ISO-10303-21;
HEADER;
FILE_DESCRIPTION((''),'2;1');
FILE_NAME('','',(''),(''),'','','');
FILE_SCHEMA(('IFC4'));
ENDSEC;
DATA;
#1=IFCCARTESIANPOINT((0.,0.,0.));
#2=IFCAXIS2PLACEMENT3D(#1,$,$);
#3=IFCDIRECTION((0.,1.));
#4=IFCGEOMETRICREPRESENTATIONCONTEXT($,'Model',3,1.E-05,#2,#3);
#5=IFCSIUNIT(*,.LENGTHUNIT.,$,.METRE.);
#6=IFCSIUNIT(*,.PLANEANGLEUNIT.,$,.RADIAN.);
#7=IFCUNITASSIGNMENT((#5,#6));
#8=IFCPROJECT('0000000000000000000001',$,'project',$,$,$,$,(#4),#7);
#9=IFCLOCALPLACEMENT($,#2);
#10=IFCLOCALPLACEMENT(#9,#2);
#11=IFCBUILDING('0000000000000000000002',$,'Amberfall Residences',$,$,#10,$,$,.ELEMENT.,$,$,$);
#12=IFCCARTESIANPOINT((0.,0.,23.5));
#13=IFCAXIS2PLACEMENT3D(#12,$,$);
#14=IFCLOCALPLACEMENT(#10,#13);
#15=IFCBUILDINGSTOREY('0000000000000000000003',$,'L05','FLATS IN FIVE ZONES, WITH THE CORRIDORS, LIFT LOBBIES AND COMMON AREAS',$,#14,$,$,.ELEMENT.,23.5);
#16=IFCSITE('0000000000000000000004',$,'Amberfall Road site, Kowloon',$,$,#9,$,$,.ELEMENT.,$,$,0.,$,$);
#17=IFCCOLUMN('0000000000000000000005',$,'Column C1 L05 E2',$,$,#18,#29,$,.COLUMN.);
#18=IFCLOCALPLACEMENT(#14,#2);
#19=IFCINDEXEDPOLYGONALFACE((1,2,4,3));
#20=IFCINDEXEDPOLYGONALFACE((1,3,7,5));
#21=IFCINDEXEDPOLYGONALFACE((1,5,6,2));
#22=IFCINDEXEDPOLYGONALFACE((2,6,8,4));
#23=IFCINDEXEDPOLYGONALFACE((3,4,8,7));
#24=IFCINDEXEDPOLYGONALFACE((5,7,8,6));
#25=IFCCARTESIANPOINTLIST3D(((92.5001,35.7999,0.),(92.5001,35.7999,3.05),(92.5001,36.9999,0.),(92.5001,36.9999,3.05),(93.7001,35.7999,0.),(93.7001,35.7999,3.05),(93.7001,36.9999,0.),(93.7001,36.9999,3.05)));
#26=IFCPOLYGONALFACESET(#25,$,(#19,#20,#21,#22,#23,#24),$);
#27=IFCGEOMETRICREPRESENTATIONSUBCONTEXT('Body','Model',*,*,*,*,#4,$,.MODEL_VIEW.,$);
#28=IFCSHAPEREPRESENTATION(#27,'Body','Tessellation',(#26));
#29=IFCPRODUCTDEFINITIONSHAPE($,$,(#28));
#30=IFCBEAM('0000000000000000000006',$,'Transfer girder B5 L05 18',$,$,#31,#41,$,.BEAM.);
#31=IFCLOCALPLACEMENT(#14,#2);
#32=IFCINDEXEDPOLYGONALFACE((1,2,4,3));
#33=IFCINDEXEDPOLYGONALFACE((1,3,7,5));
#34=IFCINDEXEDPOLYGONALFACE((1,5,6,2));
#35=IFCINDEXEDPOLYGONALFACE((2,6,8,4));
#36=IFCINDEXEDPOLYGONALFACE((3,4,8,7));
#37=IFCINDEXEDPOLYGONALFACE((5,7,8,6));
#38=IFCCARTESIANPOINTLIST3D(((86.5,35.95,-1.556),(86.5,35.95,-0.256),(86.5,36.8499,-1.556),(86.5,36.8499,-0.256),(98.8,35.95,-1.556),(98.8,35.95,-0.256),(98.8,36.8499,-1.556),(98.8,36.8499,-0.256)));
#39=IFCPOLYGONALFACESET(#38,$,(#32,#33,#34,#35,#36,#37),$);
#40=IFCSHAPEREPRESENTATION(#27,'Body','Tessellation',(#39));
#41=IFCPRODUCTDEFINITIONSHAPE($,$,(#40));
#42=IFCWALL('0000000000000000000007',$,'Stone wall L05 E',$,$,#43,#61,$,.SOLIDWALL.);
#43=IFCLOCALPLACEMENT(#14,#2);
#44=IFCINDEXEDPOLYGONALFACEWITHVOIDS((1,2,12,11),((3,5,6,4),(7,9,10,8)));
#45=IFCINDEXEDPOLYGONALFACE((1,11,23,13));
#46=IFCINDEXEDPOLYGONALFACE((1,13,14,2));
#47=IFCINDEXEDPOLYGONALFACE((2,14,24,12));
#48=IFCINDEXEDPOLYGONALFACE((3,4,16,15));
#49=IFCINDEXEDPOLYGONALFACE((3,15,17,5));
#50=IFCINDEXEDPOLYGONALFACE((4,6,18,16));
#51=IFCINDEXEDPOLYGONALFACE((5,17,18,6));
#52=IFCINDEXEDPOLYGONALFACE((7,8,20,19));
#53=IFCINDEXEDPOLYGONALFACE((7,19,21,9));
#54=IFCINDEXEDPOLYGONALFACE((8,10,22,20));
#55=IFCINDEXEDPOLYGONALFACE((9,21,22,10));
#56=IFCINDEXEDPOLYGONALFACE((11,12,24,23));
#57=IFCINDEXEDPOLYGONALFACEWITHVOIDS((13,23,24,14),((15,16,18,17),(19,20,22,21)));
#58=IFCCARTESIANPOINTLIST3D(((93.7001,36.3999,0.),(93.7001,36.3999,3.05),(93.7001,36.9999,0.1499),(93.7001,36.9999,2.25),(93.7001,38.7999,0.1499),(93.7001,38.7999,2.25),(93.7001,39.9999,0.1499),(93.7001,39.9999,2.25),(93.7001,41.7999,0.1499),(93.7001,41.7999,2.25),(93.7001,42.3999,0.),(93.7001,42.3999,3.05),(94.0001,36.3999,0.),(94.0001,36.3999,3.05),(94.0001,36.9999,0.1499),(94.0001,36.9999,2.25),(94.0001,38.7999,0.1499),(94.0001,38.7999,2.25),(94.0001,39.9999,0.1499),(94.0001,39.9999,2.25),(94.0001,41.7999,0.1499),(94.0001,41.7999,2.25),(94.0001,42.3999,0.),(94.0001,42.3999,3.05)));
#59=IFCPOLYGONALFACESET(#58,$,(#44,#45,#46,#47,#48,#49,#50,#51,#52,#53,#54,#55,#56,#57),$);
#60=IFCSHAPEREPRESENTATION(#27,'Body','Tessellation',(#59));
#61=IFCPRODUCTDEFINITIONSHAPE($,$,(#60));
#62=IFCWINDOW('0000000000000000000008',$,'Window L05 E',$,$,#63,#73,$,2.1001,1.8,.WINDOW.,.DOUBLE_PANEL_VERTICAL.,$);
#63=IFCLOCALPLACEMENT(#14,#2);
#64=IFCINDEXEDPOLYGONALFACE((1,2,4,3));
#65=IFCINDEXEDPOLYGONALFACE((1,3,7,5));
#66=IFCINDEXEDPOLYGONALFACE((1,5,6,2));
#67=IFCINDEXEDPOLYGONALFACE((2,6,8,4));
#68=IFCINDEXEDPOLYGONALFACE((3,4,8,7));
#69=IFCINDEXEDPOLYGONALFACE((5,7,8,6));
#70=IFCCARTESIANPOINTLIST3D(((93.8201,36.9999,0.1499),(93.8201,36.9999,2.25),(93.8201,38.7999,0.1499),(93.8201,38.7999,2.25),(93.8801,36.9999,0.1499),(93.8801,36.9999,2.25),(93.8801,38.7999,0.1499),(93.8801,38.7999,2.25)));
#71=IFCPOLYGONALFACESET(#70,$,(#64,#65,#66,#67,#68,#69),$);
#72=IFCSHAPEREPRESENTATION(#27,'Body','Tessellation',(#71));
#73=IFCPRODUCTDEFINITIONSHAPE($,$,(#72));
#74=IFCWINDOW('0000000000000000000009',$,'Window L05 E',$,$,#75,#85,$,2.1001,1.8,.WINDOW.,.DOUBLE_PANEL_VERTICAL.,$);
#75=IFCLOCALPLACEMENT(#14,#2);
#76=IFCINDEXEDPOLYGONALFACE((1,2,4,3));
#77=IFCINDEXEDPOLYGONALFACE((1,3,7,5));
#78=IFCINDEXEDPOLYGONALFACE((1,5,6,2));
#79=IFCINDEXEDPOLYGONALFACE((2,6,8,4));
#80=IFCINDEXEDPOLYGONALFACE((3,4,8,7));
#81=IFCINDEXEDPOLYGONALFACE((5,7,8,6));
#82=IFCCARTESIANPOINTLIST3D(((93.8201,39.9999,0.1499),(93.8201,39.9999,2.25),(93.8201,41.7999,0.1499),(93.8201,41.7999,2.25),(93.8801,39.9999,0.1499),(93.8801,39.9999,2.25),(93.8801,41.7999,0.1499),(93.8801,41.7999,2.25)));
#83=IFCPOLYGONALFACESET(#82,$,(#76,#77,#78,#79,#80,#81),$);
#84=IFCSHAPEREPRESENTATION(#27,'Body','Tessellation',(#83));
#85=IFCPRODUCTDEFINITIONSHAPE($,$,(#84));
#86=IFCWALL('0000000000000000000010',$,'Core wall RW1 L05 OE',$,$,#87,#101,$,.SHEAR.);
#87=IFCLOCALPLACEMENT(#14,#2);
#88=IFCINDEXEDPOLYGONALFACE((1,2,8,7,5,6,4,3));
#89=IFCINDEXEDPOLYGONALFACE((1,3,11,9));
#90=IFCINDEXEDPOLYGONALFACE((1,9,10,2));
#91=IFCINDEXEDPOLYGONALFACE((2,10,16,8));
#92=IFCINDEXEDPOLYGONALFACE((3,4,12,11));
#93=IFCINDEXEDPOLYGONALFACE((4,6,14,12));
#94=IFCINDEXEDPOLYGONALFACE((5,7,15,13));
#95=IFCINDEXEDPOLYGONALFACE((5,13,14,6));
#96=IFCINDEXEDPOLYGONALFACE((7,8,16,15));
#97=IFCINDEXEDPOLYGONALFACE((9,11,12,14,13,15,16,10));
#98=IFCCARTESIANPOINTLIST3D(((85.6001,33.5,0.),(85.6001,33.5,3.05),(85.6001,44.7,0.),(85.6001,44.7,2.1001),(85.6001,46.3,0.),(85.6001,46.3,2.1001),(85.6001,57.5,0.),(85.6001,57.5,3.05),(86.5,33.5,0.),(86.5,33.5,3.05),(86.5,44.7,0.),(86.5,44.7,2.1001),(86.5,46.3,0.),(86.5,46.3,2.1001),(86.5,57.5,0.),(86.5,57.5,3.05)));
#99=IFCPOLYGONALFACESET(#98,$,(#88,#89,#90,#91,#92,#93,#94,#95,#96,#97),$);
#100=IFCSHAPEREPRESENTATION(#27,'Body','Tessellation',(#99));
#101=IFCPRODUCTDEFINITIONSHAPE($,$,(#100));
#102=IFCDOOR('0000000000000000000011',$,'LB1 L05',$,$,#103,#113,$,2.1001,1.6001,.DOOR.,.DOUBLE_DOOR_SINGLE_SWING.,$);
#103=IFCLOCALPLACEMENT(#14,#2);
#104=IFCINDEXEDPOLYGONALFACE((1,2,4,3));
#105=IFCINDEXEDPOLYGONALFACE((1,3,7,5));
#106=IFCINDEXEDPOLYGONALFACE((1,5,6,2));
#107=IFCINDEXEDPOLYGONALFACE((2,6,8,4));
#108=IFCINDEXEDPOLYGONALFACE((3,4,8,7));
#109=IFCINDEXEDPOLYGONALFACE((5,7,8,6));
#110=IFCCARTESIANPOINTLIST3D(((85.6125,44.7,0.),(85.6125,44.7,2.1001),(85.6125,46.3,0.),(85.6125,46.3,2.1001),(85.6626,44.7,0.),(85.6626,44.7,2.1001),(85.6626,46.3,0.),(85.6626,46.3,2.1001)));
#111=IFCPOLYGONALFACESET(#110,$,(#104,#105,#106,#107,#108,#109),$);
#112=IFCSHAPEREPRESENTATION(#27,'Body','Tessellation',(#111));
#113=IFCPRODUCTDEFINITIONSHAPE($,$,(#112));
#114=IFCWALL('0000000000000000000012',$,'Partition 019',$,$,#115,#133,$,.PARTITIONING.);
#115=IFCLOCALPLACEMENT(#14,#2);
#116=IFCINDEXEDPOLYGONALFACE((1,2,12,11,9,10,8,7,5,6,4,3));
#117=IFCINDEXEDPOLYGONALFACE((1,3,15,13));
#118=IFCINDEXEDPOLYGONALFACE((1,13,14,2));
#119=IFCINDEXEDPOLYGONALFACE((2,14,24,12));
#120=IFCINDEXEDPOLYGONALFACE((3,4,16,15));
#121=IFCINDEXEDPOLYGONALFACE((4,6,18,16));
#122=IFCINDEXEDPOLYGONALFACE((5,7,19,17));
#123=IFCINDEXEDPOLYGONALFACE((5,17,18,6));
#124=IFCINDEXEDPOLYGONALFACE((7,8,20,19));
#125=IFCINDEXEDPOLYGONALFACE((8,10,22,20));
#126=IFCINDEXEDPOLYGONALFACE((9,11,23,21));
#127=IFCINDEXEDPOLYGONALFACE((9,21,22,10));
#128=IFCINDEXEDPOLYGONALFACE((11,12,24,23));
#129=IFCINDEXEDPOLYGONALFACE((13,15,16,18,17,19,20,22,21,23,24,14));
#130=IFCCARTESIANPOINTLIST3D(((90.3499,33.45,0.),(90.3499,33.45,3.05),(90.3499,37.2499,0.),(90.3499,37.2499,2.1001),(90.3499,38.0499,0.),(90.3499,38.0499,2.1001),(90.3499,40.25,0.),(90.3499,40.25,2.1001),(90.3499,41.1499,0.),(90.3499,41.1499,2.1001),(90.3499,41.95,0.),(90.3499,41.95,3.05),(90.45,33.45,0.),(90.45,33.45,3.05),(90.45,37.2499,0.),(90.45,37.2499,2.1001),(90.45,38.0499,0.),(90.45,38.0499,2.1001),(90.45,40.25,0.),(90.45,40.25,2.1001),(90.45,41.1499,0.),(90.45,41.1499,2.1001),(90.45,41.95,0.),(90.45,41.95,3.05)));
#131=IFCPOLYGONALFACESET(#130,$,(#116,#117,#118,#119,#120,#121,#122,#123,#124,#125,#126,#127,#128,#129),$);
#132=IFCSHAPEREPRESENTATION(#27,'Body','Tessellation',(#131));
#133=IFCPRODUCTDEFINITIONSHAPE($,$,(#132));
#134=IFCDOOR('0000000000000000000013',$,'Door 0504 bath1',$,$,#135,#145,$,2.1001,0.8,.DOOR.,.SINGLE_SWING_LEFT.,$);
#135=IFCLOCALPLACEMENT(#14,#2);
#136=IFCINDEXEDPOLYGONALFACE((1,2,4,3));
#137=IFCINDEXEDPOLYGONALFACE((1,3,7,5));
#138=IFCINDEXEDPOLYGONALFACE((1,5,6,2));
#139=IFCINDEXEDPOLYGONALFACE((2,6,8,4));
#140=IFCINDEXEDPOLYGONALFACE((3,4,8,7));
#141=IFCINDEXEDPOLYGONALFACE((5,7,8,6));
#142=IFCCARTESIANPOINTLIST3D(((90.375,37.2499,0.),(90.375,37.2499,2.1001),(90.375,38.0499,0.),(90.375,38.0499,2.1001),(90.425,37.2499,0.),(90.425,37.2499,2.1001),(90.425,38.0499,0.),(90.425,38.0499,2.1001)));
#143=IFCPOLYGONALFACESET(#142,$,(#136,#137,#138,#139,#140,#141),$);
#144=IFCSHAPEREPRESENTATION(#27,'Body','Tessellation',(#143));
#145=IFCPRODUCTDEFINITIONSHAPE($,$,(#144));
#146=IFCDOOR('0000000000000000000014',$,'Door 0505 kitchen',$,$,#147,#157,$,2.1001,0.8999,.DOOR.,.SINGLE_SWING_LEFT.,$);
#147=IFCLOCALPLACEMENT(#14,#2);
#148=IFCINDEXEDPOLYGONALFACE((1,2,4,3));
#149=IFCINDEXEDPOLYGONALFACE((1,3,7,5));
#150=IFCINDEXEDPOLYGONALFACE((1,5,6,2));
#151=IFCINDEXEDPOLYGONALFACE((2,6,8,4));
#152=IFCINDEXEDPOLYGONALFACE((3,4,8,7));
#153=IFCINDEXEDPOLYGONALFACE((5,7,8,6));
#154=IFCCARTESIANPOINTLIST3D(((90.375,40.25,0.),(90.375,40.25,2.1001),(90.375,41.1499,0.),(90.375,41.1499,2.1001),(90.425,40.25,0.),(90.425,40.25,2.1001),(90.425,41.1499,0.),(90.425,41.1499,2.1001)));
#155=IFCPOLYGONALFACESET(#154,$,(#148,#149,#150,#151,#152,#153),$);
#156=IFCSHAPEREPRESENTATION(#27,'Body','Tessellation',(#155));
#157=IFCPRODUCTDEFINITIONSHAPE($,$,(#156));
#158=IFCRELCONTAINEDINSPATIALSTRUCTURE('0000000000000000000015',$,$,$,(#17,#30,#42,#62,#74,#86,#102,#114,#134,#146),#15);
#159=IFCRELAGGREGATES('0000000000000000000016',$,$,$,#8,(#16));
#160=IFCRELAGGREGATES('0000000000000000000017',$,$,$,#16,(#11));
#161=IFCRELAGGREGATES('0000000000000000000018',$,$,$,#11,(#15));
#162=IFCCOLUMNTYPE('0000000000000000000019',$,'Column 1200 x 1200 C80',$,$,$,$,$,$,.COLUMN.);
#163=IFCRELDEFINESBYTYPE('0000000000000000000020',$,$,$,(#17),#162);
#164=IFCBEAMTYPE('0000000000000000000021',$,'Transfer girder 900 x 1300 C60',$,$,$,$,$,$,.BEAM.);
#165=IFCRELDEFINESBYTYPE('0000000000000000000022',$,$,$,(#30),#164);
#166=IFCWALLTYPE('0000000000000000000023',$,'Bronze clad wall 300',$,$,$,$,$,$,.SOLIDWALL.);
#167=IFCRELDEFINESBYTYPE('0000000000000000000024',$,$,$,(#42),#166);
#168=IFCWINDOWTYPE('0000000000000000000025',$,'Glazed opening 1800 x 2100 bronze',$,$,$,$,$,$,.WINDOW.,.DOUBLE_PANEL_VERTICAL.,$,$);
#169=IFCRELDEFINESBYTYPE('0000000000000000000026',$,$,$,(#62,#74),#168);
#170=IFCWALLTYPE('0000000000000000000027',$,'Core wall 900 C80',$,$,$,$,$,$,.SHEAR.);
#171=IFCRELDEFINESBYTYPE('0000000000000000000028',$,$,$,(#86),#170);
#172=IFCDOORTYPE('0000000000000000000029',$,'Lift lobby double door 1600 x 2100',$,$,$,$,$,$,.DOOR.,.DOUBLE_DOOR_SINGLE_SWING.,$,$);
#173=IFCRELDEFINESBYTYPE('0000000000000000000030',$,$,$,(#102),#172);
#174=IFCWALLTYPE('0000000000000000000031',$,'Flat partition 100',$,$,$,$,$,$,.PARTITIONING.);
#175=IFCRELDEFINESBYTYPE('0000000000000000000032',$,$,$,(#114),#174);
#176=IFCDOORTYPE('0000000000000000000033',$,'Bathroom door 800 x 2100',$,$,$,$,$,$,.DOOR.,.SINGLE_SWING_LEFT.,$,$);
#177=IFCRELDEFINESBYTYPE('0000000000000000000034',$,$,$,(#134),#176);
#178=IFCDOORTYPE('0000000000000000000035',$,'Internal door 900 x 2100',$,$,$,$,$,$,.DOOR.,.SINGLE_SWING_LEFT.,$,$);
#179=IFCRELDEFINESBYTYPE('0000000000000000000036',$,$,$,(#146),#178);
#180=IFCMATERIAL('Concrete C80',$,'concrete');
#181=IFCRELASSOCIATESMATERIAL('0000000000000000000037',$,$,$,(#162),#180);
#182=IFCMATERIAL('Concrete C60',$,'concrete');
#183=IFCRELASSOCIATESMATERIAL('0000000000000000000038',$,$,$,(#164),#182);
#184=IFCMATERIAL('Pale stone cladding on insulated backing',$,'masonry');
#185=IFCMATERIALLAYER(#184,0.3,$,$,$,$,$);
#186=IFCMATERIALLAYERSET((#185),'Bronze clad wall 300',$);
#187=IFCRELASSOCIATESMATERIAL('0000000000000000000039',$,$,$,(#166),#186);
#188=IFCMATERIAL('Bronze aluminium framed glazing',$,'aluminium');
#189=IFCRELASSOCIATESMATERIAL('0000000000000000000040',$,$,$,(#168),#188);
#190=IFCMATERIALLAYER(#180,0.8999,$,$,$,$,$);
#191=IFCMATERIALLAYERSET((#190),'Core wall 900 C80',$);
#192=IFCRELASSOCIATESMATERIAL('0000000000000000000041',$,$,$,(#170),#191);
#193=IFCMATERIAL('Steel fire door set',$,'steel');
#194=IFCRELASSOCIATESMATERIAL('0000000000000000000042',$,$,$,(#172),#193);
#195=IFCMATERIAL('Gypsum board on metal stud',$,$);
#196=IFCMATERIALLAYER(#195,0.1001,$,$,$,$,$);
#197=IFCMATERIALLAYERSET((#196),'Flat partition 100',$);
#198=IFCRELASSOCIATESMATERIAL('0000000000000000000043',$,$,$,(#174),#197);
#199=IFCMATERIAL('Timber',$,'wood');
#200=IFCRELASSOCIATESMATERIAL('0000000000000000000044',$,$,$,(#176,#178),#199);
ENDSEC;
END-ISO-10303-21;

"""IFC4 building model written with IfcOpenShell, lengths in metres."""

from ifc_helpers import new_model, si_unit, direction, frame, frame_2d, origin, origin_2d, place, context, subcontext, project, spatial, rectangle, extrude, material, layer, layer_set, material_profile, profile_set, type_object, element, fill, save


model = new_model("IFC4")

# Units and contexts
model_context = context("Model", 3, precision=1e-05, world=origin(), true_north=direction((0.0, 1.0)))
body_context = subcontext(model_context, "Body", "Model", "MODEL_VIEW")
ifc_project = project(units=[si_unit("LENGTHUNIT", "METRE"), si_unit("PLANEANGLEUNIT", "RADIAN")], contexts=[model_context])

# Site, building, storey
site_placement = place(None, origin())
site = spatial("IfcSite", under=ifc_project, at=site_placement, Name="Amberfall Road site, Kowloon", CompositionType="ELEMENT", RefElevation=0.0)
building_placement = place(site_placement, origin())
building = spatial("IfcBuilding", under=site, at=building_placement, Name="Amberfall Residences", CompositionType="ELEMENT")
storey_placement = place(building_placement, frame((0.0, 0.0, 23.5)))
storey = spatial("IfcBuildingStorey", under=building, at=storey_placement, Name="L05", Description="FLATS IN FIVE ZONES, WITH THE CORRIDORS, LIFT LOBBIES AND COMMON AREAS", CompositionType="ELEMENT", Elevation=23.5)

# Column
ifc_material_1 = material(Name="Concrete C80", Category="concrete")
ifc_material_profile_1 = material_profile(ifc_material_1, rectangle(XDim=1.2, YDim=1.2, at=origin_2d()), Name="Column 1200 x 1200 C80")
ifc_profile_set_1 = profile_set([ifc_material_profile_1], Name="Concrete C80")
column_type = type_object("IfcColumnType", Name="Column 1200 x 1200 C80", PredefinedType="COLUMN", material=ifc_profile_set_1)
column_placement = place(storey_placement, frame((93.1001, 36.3999, 0.0), z_axis=(0.0, 0.0, 1.0), x_axis=(1.0, 0.0, 0.0)))
element("IfcColumn", 1, at=column_placement, inside=storey, type_object=column_type, Name="Column C1 L05 E2", PredefinedType="COLUMN", context=body_context, shape_type="SweptSolid", body=[
    extrude(rectangle(XDim=1.2, YDim=1.2, at=origin_2d()), origin(), (0.0, 0.0, 1.0), 3.05),
])

# Beam
ifc_material_2 = material(Name="Concrete C60", Category="concrete")
ifc_material_profile_2 = material_profile(ifc_material_2, rectangle(XDim=0.8999, YDim=1.3, at=origin_2d()), Name="Transfer girder 900 x 1300 C60")
ifc_profile_set_2 = profile_set([ifc_material_profile_2], Name="Concrete C60")
beam_type = type_object("IfcBeamType", Name="Transfer girder 900 x 1300 C60", PredefinedType="BEAM", material=ifc_profile_set_2)
beam_placement = place(storey_placement, frame((98.8, 36.3999, -0.906), z_axis=(-1.0, 0.0, 0.0), x_axis=(0.0, -1.0, 0.0)))
element("IfcBeam", 2, at=beam_placement, inside=storey, type_object=beam_type, Name="Transfer girder B5 L05 18", PredefinedType="BEAM", context=body_context, shape_type="SweptSolid", body=[
    extrude(rectangle(XDim=0.8999, YDim=1.3, at=origin_2d()), origin(), (0.0, 0.0, 1.0), 12.3),
])

# Wall, openings, windows
ifc_material_3 = material(Name="Pale stone cladding on insulated backing", Category="masonry")
ifc_layer_1 = layer(ifc_material_3, 0.3)
ifc_layer_set_1 = layer_set([ifc_layer_1], Name="Bronze clad wall 300")
wall_type_1 = type_object("IfcWallType", Name="Bronze clad wall 300", PredefinedType="SOLIDWALL", material=ifc_layer_set_1)
wall_1_placement = place(storey_placement, frame((93.8501, 36.3999, 0.0), z_axis=(0.0, 0.0, 1.0), x_axis=(0.0, 1.0, 0.0)))
wall_1 = element("IfcWall", 3, at=wall_1_placement, inside=storey, type_object=wall_type_1, Name="Stone wall L05 E", PredefinedType="SOLIDWALL", context=body_context, shape_type="SweptSolid", body=[
    extrude(rectangle(XDim=6.0, YDim=0.3, at=frame_2d((3.0, 0.0))), origin(), (0.0, 0.0, 1.0), 3.05),
])
opening_1_placement = place(wall_1_placement, frame((0.6001, 0.0, 0.1499)))
opening_1 = element("IfcOpeningElement", 4, at=opening_1_placement, cuts=wall_1, PredefinedType="OPENING", context=body_context, shape_type="SweptSolid", body=[
    extrude(rectangle(XDim=1.8, YDim=2.1001, at=frame_2d((0.8999, 1.05))), frame((0.0, 0.1599, 0.0), z_axis=(0.0, -1.0, 0.0), x_axis=(1.0, 0.0, 0.0)), (0.0, 0.0, 1.0), 0.3201),
])
opening_2_placement = place(wall_1_placement, frame((3.6001, 0.0, 0.1499)))
opening_2 = element("IfcOpeningElement", 5, at=opening_2_placement, cuts=wall_1, PredefinedType="OPENING", context=body_context, shape_type="SweptSolid", body=[
    extrude(rectangle(XDim=1.8, YDim=2.1001, at=frame_2d((0.8999, 1.05))), frame((0.0, 0.1599, 0.0), z_axis=(0.0, -1.0, 0.0), x_axis=(1.0, 0.0, 0.0)), (0.0, 0.0, 1.0), 0.3201),
])
ifc_material_4 = material(Name="Bronze aluminium framed glazing", Category="aluminium")
window_type = type_object("IfcWindowType", Name="Glazed opening 1800 x 2100 bronze", PartitioningType="DOUBLE_PANEL_VERTICAL", PredefinedType="WINDOW", material=ifc_material_4)
window_1_placement = place(opening_1_placement, origin())
window_1 = element("IfcWindow", 6, at=window_1_placement, inside=storey, type_object=window_type, Name="Window L05 E", OverallHeight=2.1001, OverallWidth=1.8, PartitioningType="DOUBLE_PANEL_VERTICAL", PredefinedType="WINDOW", context=body_context, shape_type="SweptSolid", body=[
    extrude(rectangle(XDim=1.8, YDim=2.1001, at=frame_2d((0.8999, 1.05))), frame((0.0, 0.03, 0.0), z_axis=(0.0, -1.0, 0.0), x_axis=(1.0, 0.0, 0.0)), (0.0, 0.0, 1.0), 0.0601),
])
fill(opening_1, window_1)
window_2_placement = place(opening_2_placement, origin())
window_2 = element("IfcWindow", 7, at=window_2_placement, inside=storey, type_object=window_type, Name="Window L05 E", OverallHeight=2.1001, OverallWidth=1.8, PartitioningType="DOUBLE_PANEL_VERTICAL", PredefinedType="WINDOW", context=body_context, shape_type="SweptSolid", body=[
    extrude(rectangle(XDim=1.8, YDim=2.1001, at=frame_2d((0.8999, 1.05))), frame((0.0, 0.03, 0.0), z_axis=(0.0, -1.0, 0.0), x_axis=(1.0, 0.0, 0.0)), (0.0, 0.0, 1.0), 0.0601),
])
fill(opening_2, window_2)

# Wall, opening, door
ifc_layer_2 = layer(ifc_material_1, 0.8999)
ifc_layer_set_2 = layer_set([ifc_layer_2], Name="Core wall 900 C80")
wall_type_2 = type_object("IfcWallType", Name="Core wall 900 C80", PredefinedType="SHEAR", material=ifc_layer_set_2)
wall_2_placement = place(storey_placement, frame((86.05, 33.5, 0.0), z_axis=(0.0, 0.0, 1.0), x_axis=(0.0, 1.0, 0.0)))
wall_2 = element("IfcWall", 8, at=wall_2_placement, inside=storey, type_object=wall_type_2, Name="Core wall RW1 L05 OE", PredefinedType="SHEAR", context=body_context, shape_type="SweptSolid", body=[
    extrude(rectangle(XDim=24.0, YDim=0.8999, at=frame_2d((12.0, 0.0))), origin(), (0.0, 0.0, 1.0), 3.05),
])
opening_3_placement = place(wall_2_placement, frame((11.2, 0.0, 0.0)))
opening_3 = element("IfcOpeningElement", 9, at=opening_3_placement, cuts=wall_2, PredefinedType="OPENING", context=body_context, shape_type="SweptSolid", body=[
    extrude(rectangle(XDim=1.6001, YDim=2.1001, at=frame_2d((0.8, 1.05))), frame((0.0, 0.46, 0.0), z_axis=(0.0, -1.0, 0.0), x_axis=(1.0, 0.0, 0.0)), (0.0, 0.0, 1.0), 0.9199),
])
ifc_material_5 = material(Name="Steel fire door set", Category="steel")
door_type_1 = type_object("IfcDoorType", Name="Lift lobby double door 1600 x 2100", OperationType="DOUBLE_DOOR_SINGLE_SWING", PredefinedType="DOOR", material=ifc_material_5)
door_1_placement = place(opening_3_placement, origin())
door_1 = element("IfcDoor", 10, at=door_1_placement, inside=storey, type_object=door_type_1, Name="LB1 L05", OperationType="DOUBLE_DOOR_SINGLE_SWING", OverallHeight=2.1001, OverallWidth=1.6001, PredefinedType="DOOR", context=body_context, shape_type="SweptSolid", body=[
    extrude(rectangle(XDim=1.6001, YDim=2.1001, at=frame_2d((0.8, 1.05))), frame((0.0, 0.4375, 0.0), z_axis=(0.0, -1.0, 0.0), x_axis=(1.0, 0.0, 0.0)), (0.0, 0.0, 1.0), 0.05),
])
fill(opening_3, door_1)

# Wall, openings, doors
ifc_material_6 = material(Name="Gypsum board on metal stud")
ifc_layer_3 = layer(ifc_material_6, 0.1001)
ifc_layer_set_3 = layer_set([ifc_layer_3], Name="Flat partition 100")
wall_type_3 = type_object("IfcWallType", Name="Flat partition 100", PredefinedType="PARTITIONING", material=ifc_layer_set_3)
wall_3_placement = place(storey_placement, frame((90.3999, 33.45, 0.0), z_axis=(0.0, 0.0, 1.0), x_axis=(0.0, 1.0, 0.0)))
wall_3 = element("IfcWall", 11, at=wall_3_placement, inside=storey, type_object=wall_type_3, Name="Partition 019", PredefinedType="PARTITIONING", context=body_context, shape_type="SweptSolid", body=[
    extrude(rectangle(XDim=8.5, YDim=0.1001, at=frame_2d((4.25, 0.0))), origin(), (0.0, 0.0, 1.0), 3.05),
])
opening_4_placement = place(wall_3_placement, frame((3.8, 0.0, 0.0)))
opening_4 = element("IfcOpeningElement", 12, at=opening_4_placement, cuts=wall_3, PredefinedType="OPENING", context=body_context, shape_type="SweptSolid", body=[
    extrude(rectangle(XDim=0.8, YDim=2.1001, at=frame_2d((0.3999, 1.05))), frame((0.0, 0.0601, 0.0), z_axis=(0.0, -1.0, 0.0), x_axis=(1.0, 0.0, 0.0)), (0.0, 0.0, 1.0), 0.1201),
])
opening_5_placement = place(wall_3_placement, frame((6.8, 0.0, 0.0)))
opening_5 = element("IfcOpeningElement", 13, at=opening_5_placement, cuts=wall_3, PredefinedType="OPENING", context=body_context, shape_type="SweptSolid", body=[
    extrude(rectangle(XDim=0.8999, YDim=2.1001, at=frame_2d((0.45, 1.05))), frame((0.0, 0.0601, 0.0), z_axis=(0.0, -1.0, 0.0), x_axis=(1.0, 0.0, 0.0)), (0.0, 0.0, 1.0), 0.1201),
])
ifc_material_7 = material(Name="Timber", Category="wood")
door_type_2 = type_object("IfcDoorType", Name="Bathroom door 800 x 2100", OperationType="SINGLE_SWING_LEFT", PredefinedType="DOOR", material=ifc_material_7)
door_2_placement = place(opening_4_placement, origin())
door_2 = element("IfcDoor", 14, at=door_2_placement, inside=storey, type_object=door_type_2, Name="Door 0504 bath1", OperationType="SINGLE_SWING_LEFT", OverallHeight=2.1001, OverallWidth=0.8, PredefinedType="DOOR", context=body_context, shape_type="SweptSolid", body=[
    extrude(rectangle(XDim=0.8, YDim=2.1001, at=frame_2d((0.3999, 1.05))), frame((0.0, 0.0249, 0.0), z_axis=(0.0, -1.0, 0.0), x_axis=(1.0, 0.0, 0.0)), (0.0, 0.0, 1.0), 0.05),
])
fill(opening_4, door_2)
door_type_3 = type_object("IfcDoorType", Name="Internal door 900 x 2100", OperationType="SINGLE_SWING_LEFT", PredefinedType="DOOR", material=ifc_material_7)
door_3_placement = place(opening_5_placement, origin())
door_3 = element("IfcDoor", 15, at=door_3_placement, inside=storey, type_object=door_type_3, Name="Door 0505 kitchen", OperationType="SINGLE_SWING_LEFT", OverallHeight=2.1001, OverallWidth=0.8999, PredefinedType="DOOR", context=body_context, shape_type="SweptSolid", body=[
    extrude(rectangle(XDim=0.8999, YDim=2.1001, at=frame_2d((0.45, 1.05))), frame((0.0, 0.0249, 0.0), z_axis=(0.0, -1.0, 0.0), x_axis=(1.0, 0.0, 0.0)), (0.0, 0.0, 1.0), 0.05),
])
fill(opening_5, door_3)

save(model, "model.ifc")
